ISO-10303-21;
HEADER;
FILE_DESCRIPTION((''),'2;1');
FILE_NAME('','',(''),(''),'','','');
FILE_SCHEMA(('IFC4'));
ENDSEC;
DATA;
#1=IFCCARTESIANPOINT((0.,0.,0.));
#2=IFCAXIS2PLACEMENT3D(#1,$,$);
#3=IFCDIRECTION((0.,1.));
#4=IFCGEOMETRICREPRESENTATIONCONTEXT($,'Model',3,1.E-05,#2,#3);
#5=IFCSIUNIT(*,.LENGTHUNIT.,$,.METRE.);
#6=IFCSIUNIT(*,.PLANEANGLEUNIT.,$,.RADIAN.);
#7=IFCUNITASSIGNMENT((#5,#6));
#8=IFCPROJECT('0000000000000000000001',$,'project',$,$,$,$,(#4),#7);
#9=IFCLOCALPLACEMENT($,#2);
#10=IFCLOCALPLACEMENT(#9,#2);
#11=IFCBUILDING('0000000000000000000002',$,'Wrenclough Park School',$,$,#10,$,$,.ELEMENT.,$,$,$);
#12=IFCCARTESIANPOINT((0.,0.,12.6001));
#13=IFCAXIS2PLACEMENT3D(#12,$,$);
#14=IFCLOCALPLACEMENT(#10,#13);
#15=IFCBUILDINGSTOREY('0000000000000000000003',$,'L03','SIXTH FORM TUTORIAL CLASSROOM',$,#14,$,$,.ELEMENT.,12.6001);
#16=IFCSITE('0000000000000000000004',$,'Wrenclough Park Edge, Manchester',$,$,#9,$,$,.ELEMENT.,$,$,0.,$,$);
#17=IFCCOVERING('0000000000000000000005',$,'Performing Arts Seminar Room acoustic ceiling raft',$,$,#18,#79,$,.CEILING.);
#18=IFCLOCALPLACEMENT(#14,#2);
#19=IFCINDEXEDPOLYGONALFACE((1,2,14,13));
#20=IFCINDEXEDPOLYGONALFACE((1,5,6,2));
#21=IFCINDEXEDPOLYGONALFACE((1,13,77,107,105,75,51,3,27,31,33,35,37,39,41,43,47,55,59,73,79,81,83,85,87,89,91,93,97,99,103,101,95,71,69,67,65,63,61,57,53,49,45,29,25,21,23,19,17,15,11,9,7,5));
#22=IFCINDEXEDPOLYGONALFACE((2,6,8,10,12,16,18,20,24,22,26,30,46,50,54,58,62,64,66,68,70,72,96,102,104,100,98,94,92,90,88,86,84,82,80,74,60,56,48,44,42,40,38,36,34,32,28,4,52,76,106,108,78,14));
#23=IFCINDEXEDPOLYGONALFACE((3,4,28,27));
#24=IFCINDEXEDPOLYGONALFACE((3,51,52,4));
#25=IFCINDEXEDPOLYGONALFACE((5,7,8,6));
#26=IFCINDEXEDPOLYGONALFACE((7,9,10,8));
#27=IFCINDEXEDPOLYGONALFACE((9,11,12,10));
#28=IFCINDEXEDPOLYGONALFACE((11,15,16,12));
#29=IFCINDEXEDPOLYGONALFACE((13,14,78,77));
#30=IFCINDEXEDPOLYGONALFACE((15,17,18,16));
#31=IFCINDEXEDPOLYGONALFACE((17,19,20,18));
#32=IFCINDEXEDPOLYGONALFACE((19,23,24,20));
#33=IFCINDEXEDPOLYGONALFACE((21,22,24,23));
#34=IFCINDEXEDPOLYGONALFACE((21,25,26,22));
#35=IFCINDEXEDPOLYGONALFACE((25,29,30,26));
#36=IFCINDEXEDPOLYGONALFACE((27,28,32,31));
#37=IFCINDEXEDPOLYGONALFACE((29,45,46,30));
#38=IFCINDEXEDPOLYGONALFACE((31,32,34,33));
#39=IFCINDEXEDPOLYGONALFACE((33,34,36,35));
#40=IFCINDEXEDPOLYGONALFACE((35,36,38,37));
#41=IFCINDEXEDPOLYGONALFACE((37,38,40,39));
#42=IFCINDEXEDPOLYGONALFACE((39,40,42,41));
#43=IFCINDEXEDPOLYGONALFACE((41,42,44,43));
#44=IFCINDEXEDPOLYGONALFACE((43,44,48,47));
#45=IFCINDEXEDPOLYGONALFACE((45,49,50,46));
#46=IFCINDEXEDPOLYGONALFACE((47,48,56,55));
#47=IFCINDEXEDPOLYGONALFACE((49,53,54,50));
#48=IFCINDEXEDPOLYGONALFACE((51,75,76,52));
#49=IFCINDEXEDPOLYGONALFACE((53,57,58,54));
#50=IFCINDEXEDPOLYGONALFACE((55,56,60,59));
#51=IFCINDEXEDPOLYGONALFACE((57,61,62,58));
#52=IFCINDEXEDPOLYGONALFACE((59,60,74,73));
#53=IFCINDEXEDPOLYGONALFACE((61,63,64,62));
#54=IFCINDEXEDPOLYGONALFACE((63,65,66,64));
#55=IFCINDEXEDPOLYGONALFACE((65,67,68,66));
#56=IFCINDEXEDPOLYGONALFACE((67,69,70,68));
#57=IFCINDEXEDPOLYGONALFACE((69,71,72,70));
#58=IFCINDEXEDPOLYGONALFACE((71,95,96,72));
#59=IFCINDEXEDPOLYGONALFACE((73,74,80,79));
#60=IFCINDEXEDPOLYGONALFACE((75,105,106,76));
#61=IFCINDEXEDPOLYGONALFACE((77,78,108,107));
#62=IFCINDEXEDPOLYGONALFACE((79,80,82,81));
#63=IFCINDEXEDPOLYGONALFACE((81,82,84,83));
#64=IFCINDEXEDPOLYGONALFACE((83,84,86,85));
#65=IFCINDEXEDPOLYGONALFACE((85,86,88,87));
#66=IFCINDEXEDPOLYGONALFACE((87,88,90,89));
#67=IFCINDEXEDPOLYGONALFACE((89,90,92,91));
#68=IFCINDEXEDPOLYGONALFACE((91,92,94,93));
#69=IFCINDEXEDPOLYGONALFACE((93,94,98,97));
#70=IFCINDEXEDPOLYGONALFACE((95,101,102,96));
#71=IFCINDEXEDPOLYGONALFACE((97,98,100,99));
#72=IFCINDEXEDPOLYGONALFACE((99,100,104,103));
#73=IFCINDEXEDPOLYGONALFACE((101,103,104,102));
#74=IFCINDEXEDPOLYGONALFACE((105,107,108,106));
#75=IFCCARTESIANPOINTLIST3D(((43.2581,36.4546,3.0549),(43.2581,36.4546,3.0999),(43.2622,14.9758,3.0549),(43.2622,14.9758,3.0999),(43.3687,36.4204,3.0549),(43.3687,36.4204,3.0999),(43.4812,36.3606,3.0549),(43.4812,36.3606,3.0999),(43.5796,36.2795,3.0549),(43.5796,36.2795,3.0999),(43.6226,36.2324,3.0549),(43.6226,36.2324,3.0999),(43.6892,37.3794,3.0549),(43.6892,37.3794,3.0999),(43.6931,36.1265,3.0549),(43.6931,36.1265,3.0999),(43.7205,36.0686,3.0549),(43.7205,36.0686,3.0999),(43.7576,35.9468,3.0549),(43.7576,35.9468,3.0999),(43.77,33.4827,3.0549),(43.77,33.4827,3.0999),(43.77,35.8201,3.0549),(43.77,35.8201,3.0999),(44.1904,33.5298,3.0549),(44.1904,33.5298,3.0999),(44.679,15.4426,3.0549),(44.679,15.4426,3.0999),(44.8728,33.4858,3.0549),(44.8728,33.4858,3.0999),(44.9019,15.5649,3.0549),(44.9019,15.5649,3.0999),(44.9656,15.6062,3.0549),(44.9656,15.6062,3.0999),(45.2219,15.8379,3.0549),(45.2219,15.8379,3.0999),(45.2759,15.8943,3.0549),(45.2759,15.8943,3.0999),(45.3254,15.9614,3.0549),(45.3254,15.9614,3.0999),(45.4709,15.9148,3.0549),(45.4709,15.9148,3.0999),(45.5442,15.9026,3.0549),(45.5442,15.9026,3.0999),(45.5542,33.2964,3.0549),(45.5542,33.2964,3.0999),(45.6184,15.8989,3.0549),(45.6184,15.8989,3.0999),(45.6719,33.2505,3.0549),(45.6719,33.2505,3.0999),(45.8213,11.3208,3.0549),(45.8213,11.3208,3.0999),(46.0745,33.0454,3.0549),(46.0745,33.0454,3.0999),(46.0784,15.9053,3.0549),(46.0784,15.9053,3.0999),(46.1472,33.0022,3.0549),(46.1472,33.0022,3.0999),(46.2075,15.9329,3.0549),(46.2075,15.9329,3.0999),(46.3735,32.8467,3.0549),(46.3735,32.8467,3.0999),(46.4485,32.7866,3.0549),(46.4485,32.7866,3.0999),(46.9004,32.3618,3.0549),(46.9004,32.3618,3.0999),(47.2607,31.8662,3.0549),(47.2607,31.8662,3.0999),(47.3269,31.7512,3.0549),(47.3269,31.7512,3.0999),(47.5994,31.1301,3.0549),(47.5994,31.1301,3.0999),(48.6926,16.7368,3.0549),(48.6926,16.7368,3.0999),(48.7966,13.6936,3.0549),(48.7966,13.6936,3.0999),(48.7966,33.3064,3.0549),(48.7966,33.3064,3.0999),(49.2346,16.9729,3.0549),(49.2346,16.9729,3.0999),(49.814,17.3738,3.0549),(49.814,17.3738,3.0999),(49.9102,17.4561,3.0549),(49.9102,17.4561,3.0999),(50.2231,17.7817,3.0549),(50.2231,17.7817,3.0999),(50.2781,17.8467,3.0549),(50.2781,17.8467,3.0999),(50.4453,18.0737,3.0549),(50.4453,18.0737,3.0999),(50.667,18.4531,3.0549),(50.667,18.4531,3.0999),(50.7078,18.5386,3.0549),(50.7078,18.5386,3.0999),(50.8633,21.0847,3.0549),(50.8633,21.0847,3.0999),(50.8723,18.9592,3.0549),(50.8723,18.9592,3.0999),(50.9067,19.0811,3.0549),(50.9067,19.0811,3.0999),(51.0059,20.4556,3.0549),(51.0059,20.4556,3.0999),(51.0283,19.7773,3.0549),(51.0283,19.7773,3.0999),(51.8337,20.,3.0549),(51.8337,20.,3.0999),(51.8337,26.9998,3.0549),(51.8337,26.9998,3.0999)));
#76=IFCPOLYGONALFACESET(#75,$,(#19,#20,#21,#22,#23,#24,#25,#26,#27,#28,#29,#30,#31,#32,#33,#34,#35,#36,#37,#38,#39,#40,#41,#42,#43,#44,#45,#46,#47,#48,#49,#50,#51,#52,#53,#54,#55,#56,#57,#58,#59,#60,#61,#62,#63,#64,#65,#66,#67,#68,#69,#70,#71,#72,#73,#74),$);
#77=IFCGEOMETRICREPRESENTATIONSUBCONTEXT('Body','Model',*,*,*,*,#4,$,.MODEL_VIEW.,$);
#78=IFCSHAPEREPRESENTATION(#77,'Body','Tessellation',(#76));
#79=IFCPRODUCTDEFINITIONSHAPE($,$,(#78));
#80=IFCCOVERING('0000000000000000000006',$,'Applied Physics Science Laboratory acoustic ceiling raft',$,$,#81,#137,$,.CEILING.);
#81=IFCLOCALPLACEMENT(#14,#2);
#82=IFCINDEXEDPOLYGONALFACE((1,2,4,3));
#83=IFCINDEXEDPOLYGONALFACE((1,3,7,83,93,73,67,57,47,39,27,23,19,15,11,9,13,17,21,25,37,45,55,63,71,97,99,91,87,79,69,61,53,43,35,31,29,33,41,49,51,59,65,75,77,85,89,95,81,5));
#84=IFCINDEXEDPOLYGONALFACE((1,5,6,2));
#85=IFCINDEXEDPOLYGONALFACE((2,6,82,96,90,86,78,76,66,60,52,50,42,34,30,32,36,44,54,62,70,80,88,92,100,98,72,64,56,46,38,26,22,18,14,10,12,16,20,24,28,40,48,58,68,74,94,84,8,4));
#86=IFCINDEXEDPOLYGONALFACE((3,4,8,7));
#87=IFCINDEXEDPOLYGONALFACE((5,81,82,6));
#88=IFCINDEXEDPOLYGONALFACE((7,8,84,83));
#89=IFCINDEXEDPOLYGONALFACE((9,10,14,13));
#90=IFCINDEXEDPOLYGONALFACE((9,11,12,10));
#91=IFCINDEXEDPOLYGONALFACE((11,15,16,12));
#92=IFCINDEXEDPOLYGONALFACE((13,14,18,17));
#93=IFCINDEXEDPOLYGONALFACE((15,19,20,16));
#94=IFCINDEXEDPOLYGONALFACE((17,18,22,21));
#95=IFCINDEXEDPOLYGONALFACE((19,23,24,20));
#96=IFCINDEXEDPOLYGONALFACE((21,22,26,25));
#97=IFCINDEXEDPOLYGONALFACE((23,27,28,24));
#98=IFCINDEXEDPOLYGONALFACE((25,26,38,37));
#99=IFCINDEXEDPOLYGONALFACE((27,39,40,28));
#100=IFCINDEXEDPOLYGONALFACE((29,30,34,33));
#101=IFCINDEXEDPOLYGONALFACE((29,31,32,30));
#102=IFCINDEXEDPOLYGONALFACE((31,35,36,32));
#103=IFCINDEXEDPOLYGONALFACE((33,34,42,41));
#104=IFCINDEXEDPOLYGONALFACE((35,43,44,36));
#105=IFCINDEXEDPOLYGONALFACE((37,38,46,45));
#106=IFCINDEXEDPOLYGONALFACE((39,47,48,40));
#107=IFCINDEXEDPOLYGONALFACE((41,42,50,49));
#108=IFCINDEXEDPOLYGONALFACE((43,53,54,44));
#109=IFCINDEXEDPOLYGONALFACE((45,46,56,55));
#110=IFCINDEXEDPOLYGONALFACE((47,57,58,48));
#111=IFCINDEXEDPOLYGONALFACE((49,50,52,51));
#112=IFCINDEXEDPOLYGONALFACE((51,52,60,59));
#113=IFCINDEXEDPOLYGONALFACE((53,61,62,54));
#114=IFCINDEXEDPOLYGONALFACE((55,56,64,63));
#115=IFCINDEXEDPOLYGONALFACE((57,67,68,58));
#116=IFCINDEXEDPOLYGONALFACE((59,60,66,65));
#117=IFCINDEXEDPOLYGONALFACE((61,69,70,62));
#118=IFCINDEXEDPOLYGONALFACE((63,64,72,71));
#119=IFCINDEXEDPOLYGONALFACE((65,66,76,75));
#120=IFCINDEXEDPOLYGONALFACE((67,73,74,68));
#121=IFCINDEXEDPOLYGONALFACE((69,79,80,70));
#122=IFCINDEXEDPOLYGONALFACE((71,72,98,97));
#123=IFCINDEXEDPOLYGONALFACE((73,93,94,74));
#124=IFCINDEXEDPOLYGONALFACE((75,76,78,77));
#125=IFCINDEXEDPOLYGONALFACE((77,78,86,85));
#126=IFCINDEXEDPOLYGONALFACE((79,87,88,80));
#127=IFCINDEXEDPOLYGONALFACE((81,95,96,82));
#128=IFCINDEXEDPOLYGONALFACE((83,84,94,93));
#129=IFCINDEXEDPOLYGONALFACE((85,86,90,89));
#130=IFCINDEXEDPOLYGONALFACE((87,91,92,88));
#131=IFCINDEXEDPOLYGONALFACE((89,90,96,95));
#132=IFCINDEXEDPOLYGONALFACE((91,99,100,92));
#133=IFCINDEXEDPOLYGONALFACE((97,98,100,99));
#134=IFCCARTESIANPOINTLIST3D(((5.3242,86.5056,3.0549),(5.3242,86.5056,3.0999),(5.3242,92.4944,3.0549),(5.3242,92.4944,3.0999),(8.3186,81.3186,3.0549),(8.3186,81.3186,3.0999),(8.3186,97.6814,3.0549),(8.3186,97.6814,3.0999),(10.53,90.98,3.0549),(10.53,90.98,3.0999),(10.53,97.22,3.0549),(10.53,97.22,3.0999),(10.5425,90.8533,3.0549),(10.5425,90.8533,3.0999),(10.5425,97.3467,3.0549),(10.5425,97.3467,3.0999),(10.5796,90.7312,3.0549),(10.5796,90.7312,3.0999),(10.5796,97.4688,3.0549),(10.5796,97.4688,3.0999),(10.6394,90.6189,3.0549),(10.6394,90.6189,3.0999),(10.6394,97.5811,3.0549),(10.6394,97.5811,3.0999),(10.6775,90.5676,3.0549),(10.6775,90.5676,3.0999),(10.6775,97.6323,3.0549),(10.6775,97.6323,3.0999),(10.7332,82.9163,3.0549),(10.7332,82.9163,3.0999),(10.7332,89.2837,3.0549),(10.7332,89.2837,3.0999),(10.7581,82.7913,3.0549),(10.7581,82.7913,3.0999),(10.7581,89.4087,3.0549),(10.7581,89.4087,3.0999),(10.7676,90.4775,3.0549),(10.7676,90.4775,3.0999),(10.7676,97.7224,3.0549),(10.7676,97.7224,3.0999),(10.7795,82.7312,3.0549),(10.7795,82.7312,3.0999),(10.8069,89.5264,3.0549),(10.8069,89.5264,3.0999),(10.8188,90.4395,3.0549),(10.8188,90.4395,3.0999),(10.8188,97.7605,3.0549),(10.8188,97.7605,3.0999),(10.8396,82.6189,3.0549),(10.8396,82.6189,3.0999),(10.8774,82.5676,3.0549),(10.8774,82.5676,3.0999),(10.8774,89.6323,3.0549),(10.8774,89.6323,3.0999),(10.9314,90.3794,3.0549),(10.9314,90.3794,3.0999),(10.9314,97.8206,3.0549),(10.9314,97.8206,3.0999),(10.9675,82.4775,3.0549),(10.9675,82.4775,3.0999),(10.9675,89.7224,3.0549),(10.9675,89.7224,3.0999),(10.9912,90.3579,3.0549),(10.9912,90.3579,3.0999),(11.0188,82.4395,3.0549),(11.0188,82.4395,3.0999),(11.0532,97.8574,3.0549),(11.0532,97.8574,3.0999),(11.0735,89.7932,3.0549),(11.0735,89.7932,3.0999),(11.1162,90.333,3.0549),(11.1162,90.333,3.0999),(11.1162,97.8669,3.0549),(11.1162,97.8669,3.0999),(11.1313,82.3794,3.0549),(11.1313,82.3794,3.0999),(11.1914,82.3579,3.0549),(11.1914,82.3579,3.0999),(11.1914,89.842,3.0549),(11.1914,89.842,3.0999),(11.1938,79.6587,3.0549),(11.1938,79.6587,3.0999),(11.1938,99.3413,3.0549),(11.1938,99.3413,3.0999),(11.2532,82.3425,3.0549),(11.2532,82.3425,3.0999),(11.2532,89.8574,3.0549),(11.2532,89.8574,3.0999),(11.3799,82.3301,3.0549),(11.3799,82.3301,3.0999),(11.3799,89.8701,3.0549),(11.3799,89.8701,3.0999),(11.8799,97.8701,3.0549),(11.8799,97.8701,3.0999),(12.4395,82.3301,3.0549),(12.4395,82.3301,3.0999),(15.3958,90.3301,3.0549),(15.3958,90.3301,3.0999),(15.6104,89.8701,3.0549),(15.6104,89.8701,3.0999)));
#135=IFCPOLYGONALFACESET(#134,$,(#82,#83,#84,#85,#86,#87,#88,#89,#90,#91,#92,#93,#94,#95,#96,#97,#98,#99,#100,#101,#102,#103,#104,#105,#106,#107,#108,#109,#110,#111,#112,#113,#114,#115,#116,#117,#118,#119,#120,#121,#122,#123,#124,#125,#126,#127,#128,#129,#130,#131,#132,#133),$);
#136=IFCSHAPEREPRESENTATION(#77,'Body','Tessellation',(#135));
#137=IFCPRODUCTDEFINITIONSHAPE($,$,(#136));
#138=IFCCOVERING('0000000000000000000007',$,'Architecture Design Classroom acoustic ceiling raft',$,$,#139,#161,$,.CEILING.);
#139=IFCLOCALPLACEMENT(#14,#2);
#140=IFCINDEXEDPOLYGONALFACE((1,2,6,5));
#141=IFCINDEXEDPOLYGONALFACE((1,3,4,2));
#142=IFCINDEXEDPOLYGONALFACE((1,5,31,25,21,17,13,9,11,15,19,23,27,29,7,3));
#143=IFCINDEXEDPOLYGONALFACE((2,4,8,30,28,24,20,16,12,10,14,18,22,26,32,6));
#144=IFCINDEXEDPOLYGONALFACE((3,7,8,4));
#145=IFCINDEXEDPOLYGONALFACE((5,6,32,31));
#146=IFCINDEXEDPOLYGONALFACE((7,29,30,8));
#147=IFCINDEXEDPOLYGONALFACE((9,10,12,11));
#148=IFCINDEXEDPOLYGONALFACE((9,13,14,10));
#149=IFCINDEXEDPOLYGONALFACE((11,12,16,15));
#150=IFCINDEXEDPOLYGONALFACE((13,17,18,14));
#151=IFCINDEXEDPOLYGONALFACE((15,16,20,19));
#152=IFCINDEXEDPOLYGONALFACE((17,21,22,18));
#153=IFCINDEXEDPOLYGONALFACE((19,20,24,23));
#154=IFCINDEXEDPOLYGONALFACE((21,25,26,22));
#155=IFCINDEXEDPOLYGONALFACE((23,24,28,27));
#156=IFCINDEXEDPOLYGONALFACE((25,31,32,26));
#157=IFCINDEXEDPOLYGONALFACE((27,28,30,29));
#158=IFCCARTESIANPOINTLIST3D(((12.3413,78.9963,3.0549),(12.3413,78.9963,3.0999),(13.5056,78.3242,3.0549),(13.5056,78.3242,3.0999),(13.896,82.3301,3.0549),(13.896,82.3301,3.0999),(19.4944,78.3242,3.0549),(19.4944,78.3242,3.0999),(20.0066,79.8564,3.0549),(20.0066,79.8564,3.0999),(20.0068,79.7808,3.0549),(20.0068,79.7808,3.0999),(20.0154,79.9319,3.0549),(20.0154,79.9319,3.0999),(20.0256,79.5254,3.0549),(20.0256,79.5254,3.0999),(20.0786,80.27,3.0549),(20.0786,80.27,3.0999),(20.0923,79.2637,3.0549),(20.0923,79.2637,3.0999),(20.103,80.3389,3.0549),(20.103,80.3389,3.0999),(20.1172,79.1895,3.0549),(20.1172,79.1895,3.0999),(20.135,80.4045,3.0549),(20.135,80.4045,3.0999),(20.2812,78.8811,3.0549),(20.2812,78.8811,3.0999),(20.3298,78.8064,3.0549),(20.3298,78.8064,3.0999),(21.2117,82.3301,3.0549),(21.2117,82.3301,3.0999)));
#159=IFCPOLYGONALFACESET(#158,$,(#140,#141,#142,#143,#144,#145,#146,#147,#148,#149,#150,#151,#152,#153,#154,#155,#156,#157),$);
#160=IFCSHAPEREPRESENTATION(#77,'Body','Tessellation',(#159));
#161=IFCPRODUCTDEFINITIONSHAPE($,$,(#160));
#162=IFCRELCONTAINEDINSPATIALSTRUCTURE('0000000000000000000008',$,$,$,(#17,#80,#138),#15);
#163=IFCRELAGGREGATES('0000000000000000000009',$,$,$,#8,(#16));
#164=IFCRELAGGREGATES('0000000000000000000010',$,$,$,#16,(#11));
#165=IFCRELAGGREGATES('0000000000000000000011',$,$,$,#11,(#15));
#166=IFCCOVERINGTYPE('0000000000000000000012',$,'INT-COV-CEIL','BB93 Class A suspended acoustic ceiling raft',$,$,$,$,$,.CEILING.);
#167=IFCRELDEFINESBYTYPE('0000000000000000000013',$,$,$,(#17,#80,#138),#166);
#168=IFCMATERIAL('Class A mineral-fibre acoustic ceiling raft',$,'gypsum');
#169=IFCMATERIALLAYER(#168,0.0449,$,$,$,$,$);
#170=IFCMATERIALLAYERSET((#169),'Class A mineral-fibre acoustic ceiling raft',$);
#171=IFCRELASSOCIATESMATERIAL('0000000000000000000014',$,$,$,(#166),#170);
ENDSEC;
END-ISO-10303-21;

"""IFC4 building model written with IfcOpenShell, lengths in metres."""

from ifc_helpers import new_model, si_unit, direction, frame, origin, place, context, subcontext, project, spatial, polyline, outline, extrude, material, layer, layer_set, type_object, element, save


model = new_model("IFC4")

# Units and contexts
model_context = context("Model", 3, precision=1e-05, world=origin(), true_north=direction((0.0, 1.0)))
body_context = subcontext(model_context, "Body", "Model", "MODEL_VIEW")
ifc_project = project(units=[si_unit("LENGTHUNIT", "METRE"), si_unit("PLANEANGLEUNIT", "RADIAN")], contexts=[model_context])

# Site, building, storey
site_placement = place(None, origin())
site = spatial("IfcSite", under=ifc_project, at=site_placement, Name="Wrenclough Park Edge, Manchester", CompositionType="ELEMENT", RefElevation=0.0)
building_placement = place(site_placement, origin())
building = spatial("IfcBuilding", under=site, at=building_placement, Name="Wrenclough Park School", CompositionType="ELEMENT")
storey_placement = place(building_placement, frame((0.0, 0.0, 12.6001)))
storey = spatial("IfcBuildingStorey", under=building, at=storey_placement, Name="L03", Description="SIXTH FORM TUTORIAL CLASSROOM", CompositionType="ELEMENT", Elevation=12.6001)

# Coverings
ifc_material_1 = material(Name="Class A mineral-fibre acoustic ceiling raft", Category="gypsum")
ifc_layer_1 = layer(ifc_material_1, 0.0449)
ifc_layer_set_1 = layer_set([ifc_layer_1], Name="Class A mineral-fibre acoustic ceiling raft")
covering_type_1 = type_object("IfcCoveringType", Name="INT-COV-CEIL", Description="BB93 Class A suspended acoustic ceiling raft", PredefinedType="CEILING", material=ifc_layer_set_1)
covering_1_placement = place(storey_placement, frame((0.0, 0.0, 3.0549)))
element("IfcCovering", 1, at=covering_1_placement, inside=storey, type_object=covering_type_1, Name="Performing Arts Seminar Room acoustic ceiling raft", PredefinedType="CEILING", context=body_context, shape_type="SweptSolid", body=[
    extrude(outline(polyline([(43.77, 35.8201), (43.77, 33.4827), (44.1904, 33.5298), (44.8728, 33.4858), (45.5542, 33.2964), (45.6719, 33.2505), (46.0745, 33.0454), (46.1472, 33.0022), (46.3735, 32.8467), (46.4485, 32.7866), (46.9004, 32.3618), (47.2607, 31.8662), (47.3269, 31.7512), (47.5994, 31.1301), (50.8633, 21.0847), (51.0059, 20.4556), (51.0283, 19.7773), (50.9067, 19.0811), (50.8723, 18.9592), (50.7078, 18.5386), (50.667, 18.4531), (50.4453, 18.0737), (50.2781, 17.8467), (50.2231, 17.7817), (49.9102, 17.4561), (49.814, 17.3738), (49.2346, 16.9729), (48.6926, 16.7368), (46.2075, 15.9329), (46.0784, 15.9053), (45.6184, 15.8989), (45.5442, 15.9026), (45.4709, 15.9148), (45.3254, 15.9614), (45.2759, 15.8943), (45.2219, 15.8379), (44.9656, 15.6062), (44.9019, 15.5649), (44.679, 15.4426), (43.2622, 14.9758), (45.8213, 11.3208), (48.7966, 13.6936), (51.8337, 20.0), (51.8337, 26.9998), (48.7966, 33.3064), (43.6892, 37.3794), (43.2581, 36.4546), (43.3687, 36.4204), (43.4812, 36.3606), (43.5796, 36.2795), (43.6226, 36.2324), (43.6931, 36.1265), (43.7205, 36.0686), (43.7576, 35.9468), (43.77, 35.8201)])), origin(), (0.0, 0.0, 1.0), 0.0449),
])
covering_2_placement = place(storey_placement, frame((0.0, 0.0, 3.0549)))
element("IfcCovering", 2, at=covering_2_placement, inside=storey, type_object=covering_type_1, Name="Applied Physics Science Laboratory acoustic ceiling raft", PredefinedType="CEILING", context=body_context, shape_type="SweptSolid", body=[
    extrude(outline(polyline([(11.3799, 89.8701), (15.6104, 89.8701), (15.3958, 90.3301), (11.1162, 90.333), (10.9912, 90.3579), (10.9314, 90.3794), (10.8188, 90.4395), (10.7676, 90.4775), (10.6775, 90.5676), (10.6394, 90.6189), (10.5796, 90.7312), (10.5425, 90.8533), (10.53, 90.98), (10.53, 97.22), (10.5425, 97.3467), (10.5796, 97.4688), (10.6394, 97.5811), (10.6775, 97.6323), (10.7676, 97.7224), (10.8188, 97.7605), (10.9314, 97.8206), (11.0532, 97.8574), (11.1162, 97.8669), (11.8799, 97.8701), (11.1938, 99.3413), (8.3186, 97.6814), (5.3242, 92.4944), (5.3242, 86.5056), (8.3186, 81.3186), (11.1938, 79.6587), (12.4395, 82.3301), (11.3799, 82.3301), (11.2532, 82.3425), (11.1914, 82.3579), (11.1313, 82.3794), (11.0188, 82.4395), (10.9675, 82.4775), (10.8774, 82.5676), (10.8396, 82.6189), (10.7795, 82.7312), (10.7581, 82.7913), (10.7332, 82.9163), (10.7332, 89.2837), (10.7581, 89.4087), (10.8069, 89.5264), (10.8774, 89.6323), (10.9675, 89.7224), (11.0735, 89.7932), (11.1914, 89.842), (11.2532, 89.8574), (11.3799, 89.8701)])), origin(), (0.0, 0.0, 1.0), 0.0449),
])
covering_3_placement = place(storey_placement, frame((0.0, 0.0, 3.0549)))
element("IfcCovering", 3, at=covering_3_placement, inside=storey, type_object=covering_type_1, Name="Architecture Design Classroom acoustic ceiling raft", PredefinedType="CEILING", context=body_context, shape_type="SweptSolid", body=[
    extrude(outline(polyline([(21.2117, 82.3301), (13.896, 82.3301), (12.3413, 78.9963), (13.5056, 78.3242), (19.4944, 78.3242), (20.3298, 78.8064), (20.2812, 78.8811), (20.1172, 79.1895), (20.0923, 79.2637), (20.0256, 79.5254), (20.0068, 79.7808), (20.0066, 79.8564), (20.0154, 79.9319), (20.0786, 80.27), (20.103, 80.3389), (20.135, 80.4045), (21.2117, 82.3301)])), origin(), (0.0, 0.0, 1.0), 0.0449),
])

save(model, "model.ifc")
